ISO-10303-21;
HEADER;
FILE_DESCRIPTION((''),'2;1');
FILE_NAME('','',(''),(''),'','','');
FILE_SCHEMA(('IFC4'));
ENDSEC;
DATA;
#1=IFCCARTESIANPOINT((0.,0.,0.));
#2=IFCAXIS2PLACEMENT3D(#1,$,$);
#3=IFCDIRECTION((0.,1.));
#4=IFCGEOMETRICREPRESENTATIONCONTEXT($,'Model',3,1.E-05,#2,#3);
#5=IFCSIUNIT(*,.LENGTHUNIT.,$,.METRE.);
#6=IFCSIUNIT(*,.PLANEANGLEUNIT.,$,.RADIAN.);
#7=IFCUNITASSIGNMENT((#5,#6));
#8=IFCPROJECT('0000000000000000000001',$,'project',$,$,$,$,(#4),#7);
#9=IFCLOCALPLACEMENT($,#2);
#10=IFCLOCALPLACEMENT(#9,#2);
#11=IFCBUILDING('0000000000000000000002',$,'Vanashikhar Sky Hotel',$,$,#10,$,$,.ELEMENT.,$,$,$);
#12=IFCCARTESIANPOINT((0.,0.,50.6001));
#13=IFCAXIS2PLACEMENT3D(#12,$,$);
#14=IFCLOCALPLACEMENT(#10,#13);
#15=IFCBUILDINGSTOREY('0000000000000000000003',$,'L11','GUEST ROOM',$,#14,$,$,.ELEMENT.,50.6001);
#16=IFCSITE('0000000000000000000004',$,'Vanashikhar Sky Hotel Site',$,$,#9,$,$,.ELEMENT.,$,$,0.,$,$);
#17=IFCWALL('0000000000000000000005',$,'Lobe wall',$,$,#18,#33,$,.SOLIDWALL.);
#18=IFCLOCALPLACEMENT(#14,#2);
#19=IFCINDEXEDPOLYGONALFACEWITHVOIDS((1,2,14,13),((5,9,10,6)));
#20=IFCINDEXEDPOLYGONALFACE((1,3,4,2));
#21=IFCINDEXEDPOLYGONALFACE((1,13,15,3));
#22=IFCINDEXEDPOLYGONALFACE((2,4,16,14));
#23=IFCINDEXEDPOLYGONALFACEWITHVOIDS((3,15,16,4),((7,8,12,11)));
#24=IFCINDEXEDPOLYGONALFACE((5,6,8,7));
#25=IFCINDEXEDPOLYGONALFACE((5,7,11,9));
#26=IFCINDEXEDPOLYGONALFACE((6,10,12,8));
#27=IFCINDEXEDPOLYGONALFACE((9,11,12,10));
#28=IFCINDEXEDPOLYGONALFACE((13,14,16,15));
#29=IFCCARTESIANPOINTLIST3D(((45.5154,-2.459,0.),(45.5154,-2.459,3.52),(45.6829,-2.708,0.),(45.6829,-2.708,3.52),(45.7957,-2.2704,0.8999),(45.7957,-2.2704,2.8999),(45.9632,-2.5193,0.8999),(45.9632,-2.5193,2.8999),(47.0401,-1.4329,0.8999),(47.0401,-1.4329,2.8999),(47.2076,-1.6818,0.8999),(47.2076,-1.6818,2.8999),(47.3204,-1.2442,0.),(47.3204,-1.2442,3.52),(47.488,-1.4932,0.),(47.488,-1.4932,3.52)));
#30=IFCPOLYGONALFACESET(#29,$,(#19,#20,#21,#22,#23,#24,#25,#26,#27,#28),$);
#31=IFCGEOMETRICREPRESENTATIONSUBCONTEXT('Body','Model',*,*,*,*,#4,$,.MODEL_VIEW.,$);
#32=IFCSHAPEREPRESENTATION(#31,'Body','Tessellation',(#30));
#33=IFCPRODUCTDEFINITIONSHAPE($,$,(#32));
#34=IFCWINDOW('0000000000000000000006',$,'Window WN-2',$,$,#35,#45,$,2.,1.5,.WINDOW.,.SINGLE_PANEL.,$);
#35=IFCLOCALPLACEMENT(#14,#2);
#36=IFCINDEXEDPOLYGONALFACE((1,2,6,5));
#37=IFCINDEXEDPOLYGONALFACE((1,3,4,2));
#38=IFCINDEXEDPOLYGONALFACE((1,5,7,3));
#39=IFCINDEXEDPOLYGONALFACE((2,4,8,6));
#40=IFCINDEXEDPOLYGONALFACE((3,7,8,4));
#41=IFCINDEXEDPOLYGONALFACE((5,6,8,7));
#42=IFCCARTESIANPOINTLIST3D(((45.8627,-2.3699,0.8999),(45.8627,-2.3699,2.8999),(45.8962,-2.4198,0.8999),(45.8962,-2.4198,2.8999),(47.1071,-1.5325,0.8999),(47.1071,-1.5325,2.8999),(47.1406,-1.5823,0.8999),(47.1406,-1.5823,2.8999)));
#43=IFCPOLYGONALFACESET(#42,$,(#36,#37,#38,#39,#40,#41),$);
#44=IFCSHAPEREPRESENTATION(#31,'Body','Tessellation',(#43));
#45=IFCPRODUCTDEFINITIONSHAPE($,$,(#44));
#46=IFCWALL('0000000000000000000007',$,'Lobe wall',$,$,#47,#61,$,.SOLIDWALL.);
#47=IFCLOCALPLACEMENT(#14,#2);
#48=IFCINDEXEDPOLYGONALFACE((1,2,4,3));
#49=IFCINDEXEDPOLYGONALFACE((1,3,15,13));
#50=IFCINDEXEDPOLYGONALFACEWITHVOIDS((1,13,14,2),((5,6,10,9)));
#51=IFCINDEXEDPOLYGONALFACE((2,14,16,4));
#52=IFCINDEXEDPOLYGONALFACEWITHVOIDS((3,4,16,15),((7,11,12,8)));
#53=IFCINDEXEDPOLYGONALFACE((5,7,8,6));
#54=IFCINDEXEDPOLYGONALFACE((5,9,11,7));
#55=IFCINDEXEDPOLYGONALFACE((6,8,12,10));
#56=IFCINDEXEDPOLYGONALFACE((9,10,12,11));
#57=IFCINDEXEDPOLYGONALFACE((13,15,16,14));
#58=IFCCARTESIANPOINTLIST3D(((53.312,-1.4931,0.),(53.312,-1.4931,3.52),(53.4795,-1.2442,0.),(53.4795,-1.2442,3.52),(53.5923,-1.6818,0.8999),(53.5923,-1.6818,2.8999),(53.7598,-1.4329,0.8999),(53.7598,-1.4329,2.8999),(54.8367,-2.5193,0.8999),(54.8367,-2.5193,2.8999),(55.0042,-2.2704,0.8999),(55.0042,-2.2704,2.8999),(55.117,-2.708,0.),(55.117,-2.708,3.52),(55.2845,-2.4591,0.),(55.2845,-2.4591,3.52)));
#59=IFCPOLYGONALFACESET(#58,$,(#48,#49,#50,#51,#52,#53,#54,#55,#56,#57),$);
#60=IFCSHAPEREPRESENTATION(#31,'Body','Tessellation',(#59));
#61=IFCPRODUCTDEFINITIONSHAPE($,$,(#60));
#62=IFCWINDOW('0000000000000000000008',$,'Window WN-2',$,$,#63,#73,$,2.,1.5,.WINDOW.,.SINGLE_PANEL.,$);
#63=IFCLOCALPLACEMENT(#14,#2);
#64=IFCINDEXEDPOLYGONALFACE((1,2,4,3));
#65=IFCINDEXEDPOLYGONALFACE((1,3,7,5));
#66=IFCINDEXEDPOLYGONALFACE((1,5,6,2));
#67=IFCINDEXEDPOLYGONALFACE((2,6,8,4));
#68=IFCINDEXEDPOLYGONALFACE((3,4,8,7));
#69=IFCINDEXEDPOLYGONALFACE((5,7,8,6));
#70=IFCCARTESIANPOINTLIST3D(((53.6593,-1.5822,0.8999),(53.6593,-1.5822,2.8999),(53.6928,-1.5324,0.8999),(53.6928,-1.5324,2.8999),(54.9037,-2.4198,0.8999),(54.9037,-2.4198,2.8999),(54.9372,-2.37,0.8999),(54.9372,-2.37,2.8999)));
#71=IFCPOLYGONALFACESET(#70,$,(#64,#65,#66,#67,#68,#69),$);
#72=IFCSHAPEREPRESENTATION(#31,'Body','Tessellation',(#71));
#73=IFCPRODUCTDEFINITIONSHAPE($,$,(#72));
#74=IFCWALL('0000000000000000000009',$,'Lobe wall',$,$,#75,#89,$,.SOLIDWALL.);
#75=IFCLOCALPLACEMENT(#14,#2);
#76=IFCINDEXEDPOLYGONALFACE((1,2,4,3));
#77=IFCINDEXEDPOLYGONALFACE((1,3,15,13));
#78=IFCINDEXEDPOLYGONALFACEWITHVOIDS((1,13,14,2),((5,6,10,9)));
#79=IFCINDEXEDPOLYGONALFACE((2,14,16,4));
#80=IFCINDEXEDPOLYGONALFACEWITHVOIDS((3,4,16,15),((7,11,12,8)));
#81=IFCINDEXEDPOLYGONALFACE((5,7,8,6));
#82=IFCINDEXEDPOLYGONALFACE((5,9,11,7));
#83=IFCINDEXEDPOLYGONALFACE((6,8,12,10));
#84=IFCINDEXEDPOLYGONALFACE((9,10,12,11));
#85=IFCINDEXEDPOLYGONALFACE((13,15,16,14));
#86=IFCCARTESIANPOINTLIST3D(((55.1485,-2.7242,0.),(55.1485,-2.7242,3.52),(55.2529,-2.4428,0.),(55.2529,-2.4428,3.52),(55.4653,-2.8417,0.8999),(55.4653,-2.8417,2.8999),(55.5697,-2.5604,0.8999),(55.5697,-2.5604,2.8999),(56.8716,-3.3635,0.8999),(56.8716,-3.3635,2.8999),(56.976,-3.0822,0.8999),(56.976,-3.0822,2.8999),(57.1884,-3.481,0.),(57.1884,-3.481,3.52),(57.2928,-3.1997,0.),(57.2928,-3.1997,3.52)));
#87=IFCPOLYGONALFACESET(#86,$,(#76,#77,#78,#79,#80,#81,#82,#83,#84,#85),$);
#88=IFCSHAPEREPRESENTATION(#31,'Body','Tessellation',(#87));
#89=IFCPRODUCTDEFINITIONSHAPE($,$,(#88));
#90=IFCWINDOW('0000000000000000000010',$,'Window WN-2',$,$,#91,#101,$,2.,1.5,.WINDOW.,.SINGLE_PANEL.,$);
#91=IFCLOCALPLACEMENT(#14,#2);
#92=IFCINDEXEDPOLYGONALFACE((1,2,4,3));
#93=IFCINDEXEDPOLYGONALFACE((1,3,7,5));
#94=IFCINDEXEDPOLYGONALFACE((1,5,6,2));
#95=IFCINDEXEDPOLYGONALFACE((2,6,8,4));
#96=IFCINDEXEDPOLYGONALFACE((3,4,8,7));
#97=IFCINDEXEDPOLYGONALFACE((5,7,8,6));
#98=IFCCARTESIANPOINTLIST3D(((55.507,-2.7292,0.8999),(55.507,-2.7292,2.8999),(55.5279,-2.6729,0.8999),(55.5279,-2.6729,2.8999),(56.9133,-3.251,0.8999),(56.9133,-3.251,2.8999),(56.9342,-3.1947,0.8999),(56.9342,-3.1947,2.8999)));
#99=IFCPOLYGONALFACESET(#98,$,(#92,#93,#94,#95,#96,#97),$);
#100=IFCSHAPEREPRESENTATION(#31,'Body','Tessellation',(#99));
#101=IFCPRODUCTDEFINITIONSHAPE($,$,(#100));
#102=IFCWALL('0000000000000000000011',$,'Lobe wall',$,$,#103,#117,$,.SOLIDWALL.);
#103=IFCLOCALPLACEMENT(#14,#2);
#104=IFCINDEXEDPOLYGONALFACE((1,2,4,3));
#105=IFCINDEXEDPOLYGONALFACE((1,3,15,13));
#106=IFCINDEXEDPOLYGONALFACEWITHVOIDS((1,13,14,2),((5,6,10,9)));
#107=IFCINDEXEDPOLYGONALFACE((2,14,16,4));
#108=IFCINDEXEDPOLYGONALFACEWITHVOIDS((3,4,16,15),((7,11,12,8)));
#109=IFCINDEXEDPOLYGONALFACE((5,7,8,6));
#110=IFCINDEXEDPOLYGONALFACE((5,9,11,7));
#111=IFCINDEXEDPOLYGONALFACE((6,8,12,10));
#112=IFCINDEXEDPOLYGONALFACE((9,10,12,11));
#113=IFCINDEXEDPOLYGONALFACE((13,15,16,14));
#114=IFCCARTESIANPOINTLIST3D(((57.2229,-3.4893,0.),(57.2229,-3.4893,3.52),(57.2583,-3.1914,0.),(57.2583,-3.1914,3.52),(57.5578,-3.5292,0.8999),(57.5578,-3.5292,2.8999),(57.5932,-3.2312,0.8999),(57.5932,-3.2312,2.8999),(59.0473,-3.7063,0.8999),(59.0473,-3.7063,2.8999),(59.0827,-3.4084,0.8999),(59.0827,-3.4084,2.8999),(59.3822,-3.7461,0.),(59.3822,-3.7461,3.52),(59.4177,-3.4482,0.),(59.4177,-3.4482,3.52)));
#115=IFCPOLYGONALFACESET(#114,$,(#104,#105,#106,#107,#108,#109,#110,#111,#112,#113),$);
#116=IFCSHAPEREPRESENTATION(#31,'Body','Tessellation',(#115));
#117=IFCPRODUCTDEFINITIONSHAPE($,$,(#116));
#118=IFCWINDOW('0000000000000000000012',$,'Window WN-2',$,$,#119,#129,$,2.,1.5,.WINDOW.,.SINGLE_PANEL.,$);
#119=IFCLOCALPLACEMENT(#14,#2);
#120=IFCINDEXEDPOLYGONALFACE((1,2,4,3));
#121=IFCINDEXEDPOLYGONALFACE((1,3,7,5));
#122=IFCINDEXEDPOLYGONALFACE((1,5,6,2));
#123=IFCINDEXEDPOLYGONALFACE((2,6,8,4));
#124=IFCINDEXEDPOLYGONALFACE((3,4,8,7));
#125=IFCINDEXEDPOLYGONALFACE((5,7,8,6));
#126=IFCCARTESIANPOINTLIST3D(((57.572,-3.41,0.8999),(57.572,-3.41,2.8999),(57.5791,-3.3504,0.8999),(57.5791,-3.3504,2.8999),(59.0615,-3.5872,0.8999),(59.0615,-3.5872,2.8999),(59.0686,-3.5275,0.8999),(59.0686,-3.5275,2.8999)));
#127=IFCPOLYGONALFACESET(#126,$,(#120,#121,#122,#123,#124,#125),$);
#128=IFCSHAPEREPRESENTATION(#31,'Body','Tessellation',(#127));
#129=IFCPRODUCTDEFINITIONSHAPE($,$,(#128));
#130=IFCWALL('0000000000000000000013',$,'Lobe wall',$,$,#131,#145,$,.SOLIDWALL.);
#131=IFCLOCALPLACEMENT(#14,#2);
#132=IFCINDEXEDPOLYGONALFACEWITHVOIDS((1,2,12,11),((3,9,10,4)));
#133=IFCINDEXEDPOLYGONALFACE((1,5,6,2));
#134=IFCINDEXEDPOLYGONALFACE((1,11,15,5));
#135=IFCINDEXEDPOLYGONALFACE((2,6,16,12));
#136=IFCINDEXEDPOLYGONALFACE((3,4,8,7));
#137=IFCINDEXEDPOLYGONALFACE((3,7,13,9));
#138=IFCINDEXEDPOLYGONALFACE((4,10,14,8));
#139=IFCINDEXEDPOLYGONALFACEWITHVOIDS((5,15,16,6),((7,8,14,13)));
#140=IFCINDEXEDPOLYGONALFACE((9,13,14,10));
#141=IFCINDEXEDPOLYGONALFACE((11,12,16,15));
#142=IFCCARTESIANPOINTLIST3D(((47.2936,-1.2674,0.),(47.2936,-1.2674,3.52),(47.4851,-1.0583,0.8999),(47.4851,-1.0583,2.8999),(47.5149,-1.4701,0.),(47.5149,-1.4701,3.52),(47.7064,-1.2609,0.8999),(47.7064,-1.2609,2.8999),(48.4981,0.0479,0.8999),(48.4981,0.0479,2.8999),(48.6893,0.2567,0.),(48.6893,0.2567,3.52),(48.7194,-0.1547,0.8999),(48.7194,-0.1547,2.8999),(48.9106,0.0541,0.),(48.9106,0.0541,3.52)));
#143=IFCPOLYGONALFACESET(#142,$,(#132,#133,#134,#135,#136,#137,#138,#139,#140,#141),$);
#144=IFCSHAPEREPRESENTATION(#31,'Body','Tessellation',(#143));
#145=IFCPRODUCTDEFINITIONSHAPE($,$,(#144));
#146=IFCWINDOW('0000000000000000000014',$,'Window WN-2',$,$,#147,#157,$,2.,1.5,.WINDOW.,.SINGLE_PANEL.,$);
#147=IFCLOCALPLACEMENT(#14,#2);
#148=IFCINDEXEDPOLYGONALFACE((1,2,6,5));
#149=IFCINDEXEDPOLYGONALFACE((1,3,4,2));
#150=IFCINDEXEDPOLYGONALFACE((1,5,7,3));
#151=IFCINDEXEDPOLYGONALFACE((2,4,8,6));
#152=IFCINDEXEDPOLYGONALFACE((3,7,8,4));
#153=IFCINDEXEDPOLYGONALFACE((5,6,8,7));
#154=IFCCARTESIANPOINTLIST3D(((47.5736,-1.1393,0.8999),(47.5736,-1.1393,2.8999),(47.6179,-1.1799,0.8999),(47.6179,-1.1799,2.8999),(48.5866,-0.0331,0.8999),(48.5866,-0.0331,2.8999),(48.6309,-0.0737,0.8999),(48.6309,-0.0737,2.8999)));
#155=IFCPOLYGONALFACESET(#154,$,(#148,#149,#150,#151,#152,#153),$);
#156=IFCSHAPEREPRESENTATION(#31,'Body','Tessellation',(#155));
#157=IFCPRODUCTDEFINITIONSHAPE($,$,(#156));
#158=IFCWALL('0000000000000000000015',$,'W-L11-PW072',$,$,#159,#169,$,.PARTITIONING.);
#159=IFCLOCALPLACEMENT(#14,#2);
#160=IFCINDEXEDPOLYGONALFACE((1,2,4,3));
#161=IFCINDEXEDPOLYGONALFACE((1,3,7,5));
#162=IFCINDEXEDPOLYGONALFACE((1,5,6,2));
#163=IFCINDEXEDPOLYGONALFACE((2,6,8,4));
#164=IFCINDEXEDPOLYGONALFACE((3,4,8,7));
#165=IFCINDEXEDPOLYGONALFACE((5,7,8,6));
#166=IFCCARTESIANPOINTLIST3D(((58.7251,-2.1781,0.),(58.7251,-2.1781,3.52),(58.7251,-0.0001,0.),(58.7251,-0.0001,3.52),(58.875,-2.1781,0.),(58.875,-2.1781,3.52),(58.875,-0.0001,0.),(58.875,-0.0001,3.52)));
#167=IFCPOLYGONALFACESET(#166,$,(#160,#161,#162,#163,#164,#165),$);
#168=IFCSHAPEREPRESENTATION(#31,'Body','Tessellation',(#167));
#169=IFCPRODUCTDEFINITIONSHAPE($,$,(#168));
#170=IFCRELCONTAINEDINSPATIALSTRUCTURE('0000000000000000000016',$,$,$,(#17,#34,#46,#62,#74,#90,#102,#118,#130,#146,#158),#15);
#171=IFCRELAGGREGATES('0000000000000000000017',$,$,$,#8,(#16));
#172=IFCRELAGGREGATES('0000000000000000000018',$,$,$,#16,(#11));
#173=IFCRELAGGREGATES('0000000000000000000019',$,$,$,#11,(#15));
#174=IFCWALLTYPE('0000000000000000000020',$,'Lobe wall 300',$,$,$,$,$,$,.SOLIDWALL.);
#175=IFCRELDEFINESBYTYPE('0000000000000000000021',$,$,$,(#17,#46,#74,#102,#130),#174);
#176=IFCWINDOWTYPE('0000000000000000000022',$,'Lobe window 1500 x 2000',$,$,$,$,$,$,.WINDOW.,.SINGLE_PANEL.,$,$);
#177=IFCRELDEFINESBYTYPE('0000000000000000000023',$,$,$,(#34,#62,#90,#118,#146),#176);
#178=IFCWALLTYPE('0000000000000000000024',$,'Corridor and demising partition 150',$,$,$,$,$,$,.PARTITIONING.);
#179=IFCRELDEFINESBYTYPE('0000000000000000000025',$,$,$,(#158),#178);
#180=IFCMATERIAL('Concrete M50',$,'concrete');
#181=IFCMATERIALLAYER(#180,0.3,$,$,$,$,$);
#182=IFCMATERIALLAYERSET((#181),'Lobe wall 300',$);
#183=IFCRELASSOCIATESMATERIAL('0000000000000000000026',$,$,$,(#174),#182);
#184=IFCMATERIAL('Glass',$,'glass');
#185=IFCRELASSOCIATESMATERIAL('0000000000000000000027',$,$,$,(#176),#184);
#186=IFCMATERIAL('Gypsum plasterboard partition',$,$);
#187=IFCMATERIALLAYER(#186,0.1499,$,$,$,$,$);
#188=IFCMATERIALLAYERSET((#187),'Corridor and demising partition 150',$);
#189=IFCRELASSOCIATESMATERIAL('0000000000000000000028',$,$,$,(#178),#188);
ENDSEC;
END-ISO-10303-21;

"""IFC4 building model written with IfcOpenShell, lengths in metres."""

from ifc_helpers import new_model, si_unit, direction, frame, frame_2d, origin, place, context, subcontext, project, spatial, rectangle, extrude, source, transform, mapped, material, layer, layer_set, type_object, element, fill, save


model = new_model("IFC4")

# Units and contexts
model_context = context("Model", 3, precision=1e-05, world=origin(), true_north=direction((0.0, 1.0)))
body_context = subcontext(model_context, "Body", "Model", "MODEL_VIEW")
ifc_project = project(units=[si_unit("LENGTHUNIT", "METRE"), si_unit("PLANEANGLEUNIT", "RADIAN")], contexts=[model_context])

# Site, building, storey
site_placement = place(None, origin())
site = spatial("IfcSite", under=ifc_project, at=site_placement, Name="Vanashikhar Sky Hotel Site", CompositionType="ELEMENT", RefElevation=0.0)
building_placement = place(site_placement, origin())
building = spatial("IfcBuilding", under=site, at=building_placement, Name="Vanashikhar Sky Hotel", CompositionType="ELEMENT")
storey_placement = place(building_placement, frame((0.0, 0.0, 50.6001)))
storey = spatial("IfcBuildingStorey", under=building, at=storey_placement, Name="L11", Description="GUEST ROOM", CompositionType="ELEMENT", Elevation=50.6001)

# Walls, openings, windows
ifc_material_1 = material(Name="Concrete M50", Category="concrete")
ifc_layer_1 = layer(ifc_material_1, 0.3)
ifc_layer_set_1 = layer_set([ifc_layer_1], Name="Lobe wall 300")
wall_type_1 = type_object("IfcWallType", Name="Lobe wall 300", PredefinedType="SOLIDWALL", material=ifc_layer_set_1)
shared_shape_1 = source(origin(), body_context, "Body", "SweptSolid", [
    extrude(rectangle(XDim=2.1758, YDim=0.3, at=frame_2d((1.0879, 0.0))), origin(), (0.0, 0.0, 1.0), 3.52),
])
wall_1_placement = place(storey_placement, frame((45.5991, -2.5835, 0.0), z_axis=(0.0, 0.0, 1.0), x_axis=(0.829626, 0.55832, 0.0)))
wall_1 = element("IfcWall", 1, at=wall_1_placement, inside=storey, type_object=wall_type_1, Name="Lobe wall", PredefinedType="SOLIDWALL", context=body_context, shape_type="MappedRepresentation", body=[
    mapped(shared_shape_1, transform((0.0, 0.0, 0.0), scale=1.0)),
])
shared_shape_2 = source(origin(), body_context, "Body", "SweptSolid", [
    extrude(rectangle(XDim=1.5, YDim=2.0, at=frame_2d((0.75, 1.0))), frame((0.0, 0.1602, 0.0), z_axis=(0.0, -1.0, 0.0), x_axis=(1.0, 0.0, 0.0)), (0.0, 0.0, 1.0), 0.3201),
])
opening_1_placement = place(wall_1_placement, frame((0.3379, 0.0, 0.8999)))
opening_1 = element("IfcOpeningElement", 2, at=opening_1_placement, cuts=wall_1, PredefinedType="OPENING", context=body_context, shape_type="MappedRepresentation", body=[
    mapped(shared_shape_2, transform((0.0, 0.0, 0.0), scale=1.0)),
])
ifc_material_2 = material(Name="Glass", Category="glass")
window_type = type_object("IfcWindowType", Name="Lobe window 1500 x 2000", PartitioningType="SINGLE_PANEL", PredefinedType="WINDOW", material=ifc_material_2)
shared_shape_3 = source(origin(), body_context, "Body", "SweptSolid", [
    extrude(rectangle(XDim=1.5, YDim=2.0, at=frame_2d((0.75, 1.0))), frame((0.0, 0.03, 0.0), z_axis=(0.0, -1.0, 0.0), x_axis=(1.0, 0.0, 0.0)), (0.0, 0.0, 1.0), 0.0601),
])
window_1_placement = place(opening_1_placement, origin())
window_1 = element("IfcWindow", 3, at=window_1_placement, inside=storey, type_object=window_type, Name="Window WN-2", OverallHeight=2.0, OverallWidth=1.5, PartitioningType="SINGLE_PANEL", PredefinedType="WINDOW", context=body_context, shape_type="MappedRepresentation", body=[
    mapped(shared_shape_3, transform((0.0, 0.0, 0.0), scale=1.0)),
])
fill(opening_1, window_1)
wall_2_placement = place(storey_placement, frame((53.3958, -1.3687, 0.0), z_axis=(0.0, 0.0, 1.0), x_axis=(0.829591, -0.558372, 0.0)))
wall_2 = element("IfcWall", 4, at=wall_2_placement, inside=storey, type_object=wall_type_1, Name="Lobe wall", PredefinedType="SOLIDWALL", context=body_context, shape_type="MappedRepresentation", body=[
    mapped(shared_shape_1, transform((0.0, 0.0, 0.0), scale=1.0)),
])
opening_2_placement = place(wall_2_placement, frame((0.3379, 0.0, 0.8999)))
opening_2 = element("IfcOpeningElement", 5, at=opening_2_placement, cuts=wall_2, PredefinedType="OPENING", context=body_context, shape_type="MappedRepresentation", body=[
    mapped(shared_shape_2, transform((0.0, 0.0, 0.0), scale=1.0)),
])
window_2_placement = place(opening_2_placement, origin())
window_2 = element("IfcWindow", 6, at=window_2_placement, inside=storey, type_object=window_type, Name="Window WN-2", OverallHeight=2.0, OverallWidth=1.5, PartitioningType="SINGLE_PANEL", PredefinedType="WINDOW", context=body_context, shape_type="MappedRepresentation", body=[
    mapped(shared_shape_3, transform((0.0, 0.0, 0.0), scale=1.0)),
])
fill(opening_2, window_2)
wall_3_placement = place(storey_placement, frame((55.2007, -2.5835, 0.0), z_axis=(0.0, 0.0, 1.0), x_axis=(0.937546, -0.347863, 0.0)))
wall_3 = element("IfcWall", 7, at=wall_3_placement, inside=storey, type_object=wall_type_1, Name="Lobe wall", PredefinedType="SOLIDWALL", context=body_context, shape_type="MappedRepresentation", body=[
    mapped(shared_shape_1, transform((0.0, 0.0, 0.0), scale=1.0)),
])
opening_3_placement = place(wall_3_placement, frame((0.3379, 0.0, 0.8999)))
opening_3 = element("IfcOpeningElement", 8, at=opening_3_placement, cuts=wall_3, PredefinedType="OPENING", context=body_context, shape_type="MappedRepresentation", body=[
    mapped(shared_shape_2, transform((0.0, 0.0, 0.0), scale=1.0)),
])
window_3_placement = place(opening_3_placement, origin())
window_3 = element("IfcWindow", 9, at=window_3_placement, inside=storey, type_object=window_type, Name="Window WN-2", OverallHeight=2.0, OverallWidth=1.5, PartitioningType="SINGLE_PANEL", PredefinedType="WINDOW", context=body_context, shape_type="MappedRepresentation", body=[
    mapped(shared_shape_3, transform((0.0, 0.0, 0.0), scale=1.0)),
])
fill(opening_3, window_3)
shared_shape_4 = source(origin(), body_context, "Body", "SweptSolid", [
    extrude(rectangle(XDim=2.1746, YDim=0.3, at=frame_2d((1.0874, 0.0))), origin(), (0.0, 0.0, 1.0), 3.52),
])
wall_4_placement = place(storey_placement, frame((57.2405, -3.3403, 0.0), z_axis=(0.0, 0.0, 1.0), x_axis=(0.993001, -0.118105, 0.0)))
wall_4 = element("IfcWall", 10, at=wall_4_placement, inside=storey, type_object=wall_type_1, Name="Lobe wall", PredefinedType="SOLIDWALL", context=body_context, shape_type="MappedRepresentation", body=[
    mapped(shared_shape_4, transform((0.0, 0.0, 0.0), scale=1.0)),
])
opening_4_placement = place(wall_4_placement, frame((0.3374, 0.0, 0.8999)))
opening_4 = element("IfcOpeningElement", 11, at=opening_4_placement, cuts=wall_4, PredefinedType="OPENING", context=body_context, shape_type="MappedRepresentation", body=[
    mapped(shared_shape_2, transform((0.0, 0.0, 0.0), scale=1.0)),
])
window_4_placement = place(opening_4_placement, origin())
window_4 = element("IfcWindow", 12, at=window_4_placement, inside=storey, type_object=window_type, Name="Window WN-2", OverallHeight=2.0, OverallWidth=1.5, PartitioningType="SINGLE_PANEL", PredefinedType="WINDOW", context=body_context, shape_type="MappedRepresentation", body=[
    mapped(shared_shape_3, transform((0.0, 0.0, 0.0), scale=1.0)),
])
fill(opening_4, window_4)
shared_shape_5 = source(origin(), body_context, "Body", "SweptSolid", [
    extrude(rectangle(XDim=2.0667, YDim=0.3, at=frame_2d((1.0332, 0.0))), origin(), (0.0, 0.0, 1.0), 3.52),
])
wall_5_placement = place(storey_placement, frame((47.4043, -1.3687, 0.0), z_axis=(0.0, 0.0, 1.0), x_axis=(0.675355, 0.737492, 0.0)))
wall_5 = element("IfcWall", 13, at=wall_5_placement, inside=storey, type_object=wall_type_1, Name="Lobe wall", PredefinedType="SOLIDWALL", context=body_context, shape_type="MappedRepresentation", body=[
    mapped(shared_shape_5, transform((0.0, 0.0, 0.0), scale=1.0)),
])
opening_5_placement = place(wall_5_placement, frame((0.2834, 0.0, 0.8999)))
opening_5 = element("IfcOpeningElement", 14, at=opening_5_placement, cuts=wall_5, PredefinedType="OPENING", context=body_context, shape_type="MappedRepresentation", body=[
    mapped(shared_shape_2, transform((0.0, 0.0, 0.0), scale=1.0)),
])
window_5_placement = place(opening_5_placement, origin())
window_5 = element("IfcWindow", 15, at=window_5_placement, inside=storey, type_object=window_type, Name="Window WN-2", OverallHeight=2.0, OverallWidth=1.5, PartitioningType="SINGLE_PANEL", PredefinedType="WINDOW", context=body_context, shape_type="MappedRepresentation", body=[
    mapped(shared_shape_3, transform((0.0, 0.0, 0.0), scale=1.0)),
])
fill(opening_5, window_5)

# Wall
ifc_material_3 = material(Name="Gypsum plasterboard partition")
ifc_layer_2 = layer(ifc_material_3, 0.1499)
ifc_layer_set_2 = layer_set([ifc_layer_2], Name="Corridor and demising partition 150")
wall_type_2 = type_object("IfcWallType", Name="Corridor and demising partition 150", PredefinedType="PARTITIONING", material=ifc_layer_set_2)
shared_shape_6 = source(origin(), body_context, "Body", "SweptSolid", [
    extrude(rectangle(XDim=2.178, YDim=0.1499, at=frame_2d((1.0889, 0.0))), origin(), (0.0, 0.0, 1.0), 3.52),
])
wall_6_placement = place(storey_placement, frame((58.8, -2.178, 0.0), z_axis=(0.0, 0.0, 1.0), x_axis=(0.0, 1.0, 0.0)))
element("IfcWall", 16, at=wall_6_placement, inside=storey, type_object=wall_type_2, Name="W-L11-PW072", PredefinedType="PARTITIONING", context=body_context, shape_type="MappedRepresentation", body=[
    mapped(shared_shape_6, transform((0.0, 0.0, 0.0), scale=1.0)),
])

save(model, "model.ifc")
